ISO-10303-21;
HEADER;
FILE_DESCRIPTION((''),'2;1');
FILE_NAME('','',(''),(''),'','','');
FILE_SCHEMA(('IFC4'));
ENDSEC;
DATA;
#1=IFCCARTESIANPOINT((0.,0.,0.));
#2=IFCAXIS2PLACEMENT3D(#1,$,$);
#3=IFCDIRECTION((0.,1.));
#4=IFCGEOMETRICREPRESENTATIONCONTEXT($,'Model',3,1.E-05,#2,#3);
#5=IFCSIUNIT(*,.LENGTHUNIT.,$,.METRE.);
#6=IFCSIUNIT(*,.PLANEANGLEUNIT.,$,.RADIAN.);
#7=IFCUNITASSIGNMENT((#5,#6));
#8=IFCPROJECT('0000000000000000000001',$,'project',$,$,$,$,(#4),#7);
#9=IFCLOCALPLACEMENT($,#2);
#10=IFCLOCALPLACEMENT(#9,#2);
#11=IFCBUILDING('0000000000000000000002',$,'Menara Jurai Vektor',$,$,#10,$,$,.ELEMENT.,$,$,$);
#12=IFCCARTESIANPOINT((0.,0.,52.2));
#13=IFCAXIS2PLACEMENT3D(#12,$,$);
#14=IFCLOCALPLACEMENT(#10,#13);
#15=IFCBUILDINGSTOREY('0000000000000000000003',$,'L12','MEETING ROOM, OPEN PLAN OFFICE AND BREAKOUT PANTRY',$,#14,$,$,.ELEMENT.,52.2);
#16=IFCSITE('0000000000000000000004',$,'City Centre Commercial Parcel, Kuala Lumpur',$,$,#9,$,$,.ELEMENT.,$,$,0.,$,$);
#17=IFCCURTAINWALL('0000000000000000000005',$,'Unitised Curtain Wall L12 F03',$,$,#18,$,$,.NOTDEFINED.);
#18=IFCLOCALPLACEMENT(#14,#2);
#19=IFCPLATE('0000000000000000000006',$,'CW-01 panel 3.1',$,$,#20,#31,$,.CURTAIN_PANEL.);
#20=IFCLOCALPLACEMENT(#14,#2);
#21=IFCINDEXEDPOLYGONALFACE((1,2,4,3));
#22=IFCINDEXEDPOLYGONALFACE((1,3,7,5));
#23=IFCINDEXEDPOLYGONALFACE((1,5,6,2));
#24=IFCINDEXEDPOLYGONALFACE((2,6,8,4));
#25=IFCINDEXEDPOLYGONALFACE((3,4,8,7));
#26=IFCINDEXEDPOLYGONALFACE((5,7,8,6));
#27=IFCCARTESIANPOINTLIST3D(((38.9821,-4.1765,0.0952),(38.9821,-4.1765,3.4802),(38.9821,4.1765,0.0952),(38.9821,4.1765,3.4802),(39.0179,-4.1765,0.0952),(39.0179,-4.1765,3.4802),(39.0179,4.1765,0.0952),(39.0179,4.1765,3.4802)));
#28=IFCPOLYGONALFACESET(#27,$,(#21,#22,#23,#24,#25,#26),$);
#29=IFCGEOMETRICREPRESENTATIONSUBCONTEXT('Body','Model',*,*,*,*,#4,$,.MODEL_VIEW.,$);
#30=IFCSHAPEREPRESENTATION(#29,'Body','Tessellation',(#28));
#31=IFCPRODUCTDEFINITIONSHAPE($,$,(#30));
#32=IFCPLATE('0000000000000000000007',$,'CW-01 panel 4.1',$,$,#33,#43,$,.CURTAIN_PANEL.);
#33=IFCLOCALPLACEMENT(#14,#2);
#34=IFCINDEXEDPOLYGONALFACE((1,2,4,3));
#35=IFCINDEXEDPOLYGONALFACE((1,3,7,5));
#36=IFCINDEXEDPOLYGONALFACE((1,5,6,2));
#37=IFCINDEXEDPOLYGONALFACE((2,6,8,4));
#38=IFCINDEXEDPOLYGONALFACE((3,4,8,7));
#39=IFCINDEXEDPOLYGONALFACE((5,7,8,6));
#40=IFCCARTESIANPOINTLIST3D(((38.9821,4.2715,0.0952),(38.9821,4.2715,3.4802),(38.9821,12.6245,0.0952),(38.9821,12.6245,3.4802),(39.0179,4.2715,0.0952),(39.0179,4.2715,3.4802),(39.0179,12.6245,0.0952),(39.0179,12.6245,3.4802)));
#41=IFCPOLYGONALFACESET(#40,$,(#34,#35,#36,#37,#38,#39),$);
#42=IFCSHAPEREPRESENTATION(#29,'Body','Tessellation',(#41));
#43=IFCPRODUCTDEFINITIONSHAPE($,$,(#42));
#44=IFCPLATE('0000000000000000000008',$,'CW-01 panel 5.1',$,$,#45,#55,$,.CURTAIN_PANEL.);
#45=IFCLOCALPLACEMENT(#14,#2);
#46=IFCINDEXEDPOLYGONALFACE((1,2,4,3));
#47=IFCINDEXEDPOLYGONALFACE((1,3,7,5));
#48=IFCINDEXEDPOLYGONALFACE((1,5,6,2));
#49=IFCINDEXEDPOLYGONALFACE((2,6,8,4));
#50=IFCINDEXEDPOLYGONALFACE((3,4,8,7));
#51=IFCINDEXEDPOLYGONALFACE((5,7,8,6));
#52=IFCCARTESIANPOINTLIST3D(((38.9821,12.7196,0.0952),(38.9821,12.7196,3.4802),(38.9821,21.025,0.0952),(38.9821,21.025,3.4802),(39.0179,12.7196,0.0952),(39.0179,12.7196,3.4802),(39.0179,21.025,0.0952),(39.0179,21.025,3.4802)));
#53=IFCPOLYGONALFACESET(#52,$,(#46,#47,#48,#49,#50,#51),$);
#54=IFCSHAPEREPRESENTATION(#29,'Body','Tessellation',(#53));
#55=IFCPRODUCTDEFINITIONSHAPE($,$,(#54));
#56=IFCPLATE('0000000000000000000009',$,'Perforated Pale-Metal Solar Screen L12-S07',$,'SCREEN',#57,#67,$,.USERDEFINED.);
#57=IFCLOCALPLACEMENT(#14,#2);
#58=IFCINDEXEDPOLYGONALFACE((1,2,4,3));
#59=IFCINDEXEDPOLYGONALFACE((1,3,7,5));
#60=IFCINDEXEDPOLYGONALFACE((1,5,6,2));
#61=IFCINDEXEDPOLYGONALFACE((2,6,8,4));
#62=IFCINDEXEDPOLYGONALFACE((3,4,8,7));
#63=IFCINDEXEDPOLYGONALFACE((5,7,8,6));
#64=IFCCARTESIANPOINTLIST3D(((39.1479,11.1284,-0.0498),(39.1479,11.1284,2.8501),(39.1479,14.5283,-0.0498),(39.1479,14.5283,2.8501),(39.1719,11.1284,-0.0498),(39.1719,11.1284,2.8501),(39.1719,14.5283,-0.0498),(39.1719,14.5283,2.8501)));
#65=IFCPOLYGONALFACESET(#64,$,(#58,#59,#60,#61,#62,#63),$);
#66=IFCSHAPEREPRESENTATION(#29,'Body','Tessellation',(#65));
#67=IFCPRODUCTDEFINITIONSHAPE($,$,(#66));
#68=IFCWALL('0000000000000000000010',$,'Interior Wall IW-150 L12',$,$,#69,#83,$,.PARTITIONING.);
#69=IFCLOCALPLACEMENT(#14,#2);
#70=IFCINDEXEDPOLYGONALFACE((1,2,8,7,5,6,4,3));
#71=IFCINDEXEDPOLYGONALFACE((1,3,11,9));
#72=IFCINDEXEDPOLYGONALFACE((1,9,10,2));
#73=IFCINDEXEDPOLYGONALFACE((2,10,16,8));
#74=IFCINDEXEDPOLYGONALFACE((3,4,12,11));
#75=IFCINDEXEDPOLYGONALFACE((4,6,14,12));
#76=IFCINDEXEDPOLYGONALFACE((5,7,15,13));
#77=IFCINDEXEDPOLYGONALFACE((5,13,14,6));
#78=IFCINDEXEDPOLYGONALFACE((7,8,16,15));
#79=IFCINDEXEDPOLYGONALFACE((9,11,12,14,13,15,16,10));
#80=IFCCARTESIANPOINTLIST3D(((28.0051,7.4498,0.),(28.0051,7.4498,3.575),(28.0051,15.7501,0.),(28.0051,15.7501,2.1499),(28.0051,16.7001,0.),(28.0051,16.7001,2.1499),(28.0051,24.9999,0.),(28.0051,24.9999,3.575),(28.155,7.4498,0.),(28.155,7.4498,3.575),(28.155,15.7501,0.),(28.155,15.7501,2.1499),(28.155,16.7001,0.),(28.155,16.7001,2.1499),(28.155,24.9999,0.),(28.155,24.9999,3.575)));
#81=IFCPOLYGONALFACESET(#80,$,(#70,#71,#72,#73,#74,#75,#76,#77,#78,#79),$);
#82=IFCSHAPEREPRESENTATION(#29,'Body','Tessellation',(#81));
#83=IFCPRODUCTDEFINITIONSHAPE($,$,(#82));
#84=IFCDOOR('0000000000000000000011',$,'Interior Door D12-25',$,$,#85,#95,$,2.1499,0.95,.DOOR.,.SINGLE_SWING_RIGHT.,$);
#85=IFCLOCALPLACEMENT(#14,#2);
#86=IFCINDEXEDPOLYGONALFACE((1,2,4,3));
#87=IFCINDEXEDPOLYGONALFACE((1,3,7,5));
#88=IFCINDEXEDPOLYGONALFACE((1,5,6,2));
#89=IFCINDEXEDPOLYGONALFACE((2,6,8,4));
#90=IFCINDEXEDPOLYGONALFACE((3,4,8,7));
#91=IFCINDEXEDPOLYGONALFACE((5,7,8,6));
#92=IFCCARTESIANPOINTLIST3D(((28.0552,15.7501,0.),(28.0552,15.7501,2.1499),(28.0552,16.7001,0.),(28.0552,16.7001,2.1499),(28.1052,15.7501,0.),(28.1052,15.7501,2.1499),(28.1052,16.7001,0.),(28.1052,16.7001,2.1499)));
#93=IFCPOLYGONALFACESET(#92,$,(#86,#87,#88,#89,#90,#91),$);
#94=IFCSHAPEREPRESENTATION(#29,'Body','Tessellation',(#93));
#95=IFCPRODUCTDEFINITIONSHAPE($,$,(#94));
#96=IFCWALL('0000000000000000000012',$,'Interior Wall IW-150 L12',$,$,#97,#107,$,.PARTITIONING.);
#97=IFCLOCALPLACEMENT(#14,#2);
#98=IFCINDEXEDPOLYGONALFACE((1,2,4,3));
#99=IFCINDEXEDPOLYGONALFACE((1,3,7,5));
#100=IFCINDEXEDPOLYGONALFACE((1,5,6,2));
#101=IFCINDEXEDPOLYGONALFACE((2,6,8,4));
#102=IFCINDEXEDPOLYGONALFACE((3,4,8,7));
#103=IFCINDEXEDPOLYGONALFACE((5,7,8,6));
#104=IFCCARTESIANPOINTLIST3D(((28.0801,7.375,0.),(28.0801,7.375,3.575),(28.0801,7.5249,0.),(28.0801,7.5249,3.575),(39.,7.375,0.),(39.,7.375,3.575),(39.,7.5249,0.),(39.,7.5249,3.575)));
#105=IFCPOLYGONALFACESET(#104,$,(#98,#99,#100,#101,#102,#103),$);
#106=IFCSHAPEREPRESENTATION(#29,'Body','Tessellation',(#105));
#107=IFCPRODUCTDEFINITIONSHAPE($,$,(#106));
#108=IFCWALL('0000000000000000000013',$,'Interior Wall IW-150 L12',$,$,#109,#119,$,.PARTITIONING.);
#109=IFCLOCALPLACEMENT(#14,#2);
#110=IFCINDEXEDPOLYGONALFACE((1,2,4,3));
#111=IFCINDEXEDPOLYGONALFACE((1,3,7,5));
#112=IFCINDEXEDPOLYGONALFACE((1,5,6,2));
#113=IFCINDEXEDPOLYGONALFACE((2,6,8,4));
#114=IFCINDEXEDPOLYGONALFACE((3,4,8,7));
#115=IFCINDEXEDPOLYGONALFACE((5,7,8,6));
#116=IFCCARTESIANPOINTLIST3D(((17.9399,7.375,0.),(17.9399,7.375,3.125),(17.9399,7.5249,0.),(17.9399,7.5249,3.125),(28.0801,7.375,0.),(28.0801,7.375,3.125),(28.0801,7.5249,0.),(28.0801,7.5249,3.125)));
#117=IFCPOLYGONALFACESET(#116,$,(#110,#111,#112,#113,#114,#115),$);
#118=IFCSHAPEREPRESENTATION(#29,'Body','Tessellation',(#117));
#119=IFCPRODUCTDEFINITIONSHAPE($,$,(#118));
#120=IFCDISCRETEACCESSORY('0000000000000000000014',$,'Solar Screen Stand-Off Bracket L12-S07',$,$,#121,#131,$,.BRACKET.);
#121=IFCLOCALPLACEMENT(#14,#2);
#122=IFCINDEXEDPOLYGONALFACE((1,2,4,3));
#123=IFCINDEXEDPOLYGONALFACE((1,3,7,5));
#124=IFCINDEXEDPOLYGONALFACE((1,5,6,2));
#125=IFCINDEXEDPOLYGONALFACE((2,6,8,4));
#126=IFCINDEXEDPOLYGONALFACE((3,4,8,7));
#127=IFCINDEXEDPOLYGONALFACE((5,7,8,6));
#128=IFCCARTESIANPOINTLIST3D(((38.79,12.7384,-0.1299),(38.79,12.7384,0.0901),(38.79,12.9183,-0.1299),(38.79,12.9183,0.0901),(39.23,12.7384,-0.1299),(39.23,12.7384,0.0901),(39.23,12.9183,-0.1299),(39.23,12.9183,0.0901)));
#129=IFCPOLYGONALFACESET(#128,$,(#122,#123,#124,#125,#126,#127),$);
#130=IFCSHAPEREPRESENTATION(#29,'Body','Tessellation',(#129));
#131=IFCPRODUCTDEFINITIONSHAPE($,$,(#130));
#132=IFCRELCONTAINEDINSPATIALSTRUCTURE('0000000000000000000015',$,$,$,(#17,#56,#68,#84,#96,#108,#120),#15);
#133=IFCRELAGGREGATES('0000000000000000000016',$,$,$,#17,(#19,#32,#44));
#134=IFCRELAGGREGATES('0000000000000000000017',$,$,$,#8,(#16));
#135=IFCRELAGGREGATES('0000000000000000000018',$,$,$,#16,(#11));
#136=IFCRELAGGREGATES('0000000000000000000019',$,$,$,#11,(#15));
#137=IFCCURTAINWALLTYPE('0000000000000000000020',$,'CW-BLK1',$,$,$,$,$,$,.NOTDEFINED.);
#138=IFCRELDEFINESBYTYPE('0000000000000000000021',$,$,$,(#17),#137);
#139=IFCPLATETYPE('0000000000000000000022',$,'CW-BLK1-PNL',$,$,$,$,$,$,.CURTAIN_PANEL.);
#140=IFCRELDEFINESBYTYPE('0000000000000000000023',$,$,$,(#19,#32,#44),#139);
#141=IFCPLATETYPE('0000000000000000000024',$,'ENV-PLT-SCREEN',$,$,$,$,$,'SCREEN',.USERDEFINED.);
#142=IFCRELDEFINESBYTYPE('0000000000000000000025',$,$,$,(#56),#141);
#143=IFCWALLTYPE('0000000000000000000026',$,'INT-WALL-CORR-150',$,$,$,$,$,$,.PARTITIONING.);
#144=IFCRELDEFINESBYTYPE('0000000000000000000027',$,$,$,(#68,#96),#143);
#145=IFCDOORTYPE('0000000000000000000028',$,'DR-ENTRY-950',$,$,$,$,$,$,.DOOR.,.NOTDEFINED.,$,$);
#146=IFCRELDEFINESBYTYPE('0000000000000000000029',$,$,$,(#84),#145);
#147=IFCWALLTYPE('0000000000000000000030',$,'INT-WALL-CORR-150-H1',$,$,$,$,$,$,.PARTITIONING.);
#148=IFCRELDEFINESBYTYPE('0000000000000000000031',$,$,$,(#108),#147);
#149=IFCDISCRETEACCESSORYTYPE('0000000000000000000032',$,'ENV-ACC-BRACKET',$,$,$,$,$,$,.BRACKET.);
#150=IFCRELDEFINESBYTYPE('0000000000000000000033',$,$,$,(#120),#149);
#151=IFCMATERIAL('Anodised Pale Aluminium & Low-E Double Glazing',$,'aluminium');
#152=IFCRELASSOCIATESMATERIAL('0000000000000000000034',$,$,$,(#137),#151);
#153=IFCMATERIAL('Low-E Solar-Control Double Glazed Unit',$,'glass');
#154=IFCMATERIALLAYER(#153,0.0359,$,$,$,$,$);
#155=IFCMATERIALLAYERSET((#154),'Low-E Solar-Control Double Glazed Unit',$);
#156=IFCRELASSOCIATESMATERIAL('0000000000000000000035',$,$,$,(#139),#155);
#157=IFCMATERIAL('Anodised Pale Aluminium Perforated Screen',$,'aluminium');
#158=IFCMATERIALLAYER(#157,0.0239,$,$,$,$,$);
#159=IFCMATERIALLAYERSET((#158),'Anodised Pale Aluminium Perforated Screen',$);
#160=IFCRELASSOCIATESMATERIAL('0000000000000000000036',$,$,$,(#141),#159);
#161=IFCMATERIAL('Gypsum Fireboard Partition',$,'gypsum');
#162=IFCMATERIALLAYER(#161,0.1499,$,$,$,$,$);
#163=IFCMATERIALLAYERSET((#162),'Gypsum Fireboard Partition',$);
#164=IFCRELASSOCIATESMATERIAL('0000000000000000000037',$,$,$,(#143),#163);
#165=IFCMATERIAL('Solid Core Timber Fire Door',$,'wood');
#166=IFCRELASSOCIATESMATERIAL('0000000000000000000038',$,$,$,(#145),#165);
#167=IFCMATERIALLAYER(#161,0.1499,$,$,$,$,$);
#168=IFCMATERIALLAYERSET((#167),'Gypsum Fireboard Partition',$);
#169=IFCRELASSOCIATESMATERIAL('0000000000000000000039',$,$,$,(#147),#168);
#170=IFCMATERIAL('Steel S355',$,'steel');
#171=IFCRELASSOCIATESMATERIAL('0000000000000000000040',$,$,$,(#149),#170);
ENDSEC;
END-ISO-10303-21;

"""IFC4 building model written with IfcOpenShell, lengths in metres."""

from ifc_helpers import new_model, si_unit, direction, frame, frame_2d, origin, origin_2d, place, context, subcontext, project, spatial, rectangle, extrude, material, layer, layer_set, type_object, element, fill, aggregate, save


model = new_model("IFC4")

# Units and contexts
model_context = context("Model", 3, precision=1e-05, world=origin(), true_north=direction((0.0, 1.0)))
body_context = subcontext(model_context, "Body", "Model", "MODEL_VIEW")
ifc_project = project(units=[si_unit("LENGTHUNIT", "METRE"), si_unit("PLANEANGLEUNIT", "RADIAN")], contexts=[model_context])

# Site, building, storey
site_placement = place(None, origin())
site = spatial("IfcSite", under=ifc_project, at=site_placement, Name="City Centre Commercial Parcel, Kuala Lumpur", CompositionType="ELEMENT", RefElevation=0.0)
building_placement = place(site_placement, origin())
building = spatial("IfcBuilding", under=site, at=building_placement, Name="Menara Jurai Vektor", CompositionType="ELEMENT")
storey_placement = place(building_placement, frame((0.0, 0.0, 52.2)))
storey = spatial("IfcBuildingStorey", under=building, at=storey_placement, Name="L12", Description="MEETING ROOM, OPEN PLAN OFFICE AND BREAKOUT PANTRY", CompositionType="ELEMENT", Elevation=52.2)

# Curtain wall
ifc_material_1 = material(Name="Anodised Pale Aluminium & Low-E Double Glazing", Category="aluminium")
curtain_wall_type = type_object("IfcCurtainWallType", Name="CW-BLK1", PredefinedType="NOTDEFINED", material=ifc_material_1)
curtain_wall_placement = place(storey_placement, origin())
curtain_wall = element("IfcCurtainWall", 1, at=curtain_wall_placement, inside=storey, type_object=curtain_wall_type, Name="Unitised Curtain Wall L12 F03", PredefinedType="NOTDEFINED")

# Shared definitions
ifc_material_2 = material(Name="Steel S355", Category="steel")

# Plates
ifc_material_3 = material(Name="Low-E Solar-Control Double Glazed Unit", Category="glass")
ifc_layer_1 = layer(ifc_material_3, 0.0359)
ifc_layer_set_1 = layer_set([ifc_layer_1], Name="Low-E Solar-Control Double Glazed Unit")
plate_type_1 = type_object("IfcPlateType", Name="CW-BLK1-PNL", PredefinedType="CURTAIN_PANEL", material=ifc_layer_set_1)
plate_1_placement = place(storey_placement, frame((39.0, 0.0, 0.0952), z_axis=(0.0, 0.0, 1.0), x_axis=(0.0, 1.0, 0.0)))
plate_1 = element("IfcPlate", 2, at=plate_1_placement, type_object=plate_type_1, Name="CW-01 panel 3.1", PredefinedType="CURTAIN_PANEL", context=body_context, shape_type="SweptSolid", body=[
    extrude(rectangle(XDim=8.353, YDim=0.0359, at=origin_2d()), origin(), (0.0, 0.0, 1.0), 3.385),
])
plate_2_placement = place(storey_placement, frame((39.0, 8.448, 0.0952), z_axis=(0.0, 0.0, 1.0), x_axis=(0.0, 1.0, 0.0)))
plate_2 = element("IfcPlate", 3, at=plate_2_placement, type_object=plate_type_1, Name="CW-01 panel 4.1", PredefinedType="CURTAIN_PANEL", context=body_context, shape_type="SweptSolid", body=[
    extrude(rectangle(XDim=8.353, YDim=0.0359, at=origin_2d()), origin(), (0.0, 0.0, 1.0), 3.385),
])
plate_3_placement = place(storey_placement, frame((39.0, 16.8723, 0.0952), z_axis=(0.0, 0.0, 1.0), x_axis=(0.0, 1.0, 0.0)))
plate_3 = element("IfcPlate", 4, at=plate_3_placement, type_object=plate_type_1, Name="CW-01 panel 5.1", PredefinedType="CURTAIN_PANEL", context=body_context, shape_type="SweptSolid", body=[
    extrude(rectangle(XDim=8.3054, YDim=0.0359, at=origin_2d()), origin(), (0.0, 0.0, 1.0), 3.385),
])
aggregate(curtain_wall, [plate_1, plate_2, plate_3])
ifc_material_4 = material(Name="Anodised Pale Aluminium Perforated Screen", Category="aluminium")
ifc_layer_2 = layer(ifc_material_4, 0.0239)
ifc_layer_set_2 = layer_set([ifc_layer_2], Name="Anodised Pale Aluminium Perforated Screen")
plate_type_2 = type_object("IfcPlateType", Name="ENV-PLT-SCREEN", ElementType="SCREEN", PredefinedType="USERDEFINED", material=ifc_layer_set_2)
plate_4_placement = place(storey_placement, frame((39.1599, 12.8284, -0.0498), z_axis=(0.0, 0.0, 1.0), x_axis=(0.0, 1.0, 0.0)))
element("IfcPlate", 5, at=plate_4_placement, inside=storey, type_object=plate_type_2, Name="Perforated Pale-Metal Solar Screen L12-S07", ObjectType="SCREEN", PredefinedType="USERDEFINED", context=body_context, shape_type="SweptSolid", body=[
    extrude(rectangle(XDim=3.3999, YDim=0.0239, at=origin_2d()), origin(), (0.0, 0.0, 1.0), 2.8999),
])

# Wall, opening, door
ifc_material_5 = material(Name="Gypsum Fireboard Partition", Category="gypsum")
ifc_layer_3 = layer(ifc_material_5, 0.1499)
ifc_layer_set_3 = layer_set([ifc_layer_3], Name="Gypsum Fireboard Partition")
wall_type_1 = type_object("IfcWallType", Name="INT-WALL-CORR-150", PredefinedType="PARTITIONING", material=ifc_layer_set_3)
wall_1_placement = place(storey_placement, frame((28.0801, 7.45, 0.0), z_axis=(0.0, 0.0, 1.0), x_axis=(0.0, 1.0, 0.0)))
wall_1 = element("IfcWall", 6, at=wall_1_placement, inside=storey, type_object=wall_type_1, Name="Interior Wall IW-150 L12", PredefinedType="PARTITIONING", context=body_context, shape_type="SweptSolid", body=[
    extrude(rectangle(XDim=17.55, YDim=0.1499, at=frame_2d((8.7749, 0.0))), origin(), (0.0, 0.0, 1.0), 3.575),
])
opening_placement = place(wall_1_placement, frame((8.3, 0.0, 0.0)))
opening = element("IfcOpeningElement", 7, at=opening_placement, cuts=wall_1, PredefinedType="OPENING", context=body_context, shape_type="SweptSolid", body=[
    extrude(rectangle(XDim=0.95, YDim=2.1499, at=frame_2d((0.4751, 1.075))), frame((0.0, 0.085, 0.0), z_axis=(0.0, -1.0, 0.0), x_axis=(1.0, 0.0, 0.0)), (0.0, 0.0, 1.0), 0.1699),
])
ifc_material_6 = material(Name="Solid Core Timber Fire Door", Category="wood")
door_type = type_object("IfcDoorType", Name="DR-ENTRY-950", OperationType="NOTDEFINED", PredefinedType="DOOR", material=ifc_material_6)
door_placement = place(opening_placement, origin())
door = element("IfcDoor", 8, at=door_placement, inside=storey, type_object=door_type, Name="Interior Door D12-25", OperationType="SINGLE_SWING_RIGHT", OverallHeight=2.1499, OverallWidth=0.95, PredefinedType="DOOR", context=body_context, shape_type="SweptSolid", body=[
    extrude(rectangle(XDim=0.95, YDim=2.1499, at=frame_2d((0.4751, 1.075))), frame((0.0, 0.0249, 0.0), z_axis=(0.0, -1.0, 0.0), x_axis=(1.0, 0.0, 0.0)), (0.0, 0.0, 1.0), 0.05),
])
fill(opening, door)

# Walls
wall_2_placement = place(storey_placement, frame((28.0801, 7.45, 0.0), z_axis=(0.0, 0.0, 1.0), x_axis=(1.0, 0.0, 0.0)))
element("IfcWall", 9, at=wall_2_placement, inside=storey, type_object=wall_type_1, Name="Interior Wall IW-150 L12", PredefinedType="PARTITIONING", context=body_context, shape_type="SweptSolid", body=[
    extrude(rectangle(XDim=10.9199, YDim=0.1499, at=frame_2d((5.46, 0.0))), origin(), (0.0, 0.0, 1.0), 3.575),
])
ifc_layer_4 = layer(ifc_material_5, 0.1499)
ifc_layer_set_4 = layer_set([ifc_layer_4], Name="Gypsum Fireboard Partition")
wall_type_2 = type_object("IfcWallType", Name="INT-WALL-CORR-150-H1", PredefinedType="PARTITIONING", material=ifc_layer_set_4)
wall_3_placement = place(storey_placement, frame((17.9399, 7.45, 0.0), z_axis=(0.0, 0.0, 1.0), x_axis=(1.0, 0.0, 0.0)))
element("IfcWall", 10, at=wall_3_placement, inside=storey, type_object=wall_type_2, Name="Interior Wall IW-150 L12", PredefinedType="PARTITIONING", context=body_context, shape_type="SweptSolid", body=[
    extrude(rectangle(XDim=10.1401, YDim=0.1499, at=frame_2d((5.0701, 0.0))), origin(), (0.0, 0.0, 1.0), 3.125),
])

# Discrete accessory
discrete_accessory_type = type_object("IfcDiscreteAccessoryType", Name="ENV-ACC-BRACKET", PredefinedType="BRACKET", material=ifc_material_2)
discrete_accessory_placement = place(storey_placement, frame((39.01, 12.8284, -0.1299), z_axis=(0.0, 0.0, 1.0), x_axis=(0.0, 1.0, 0.0)))
element("IfcDiscreteAccessory", 11, at=discrete_accessory_placement, inside=storey, type_object=discrete_accessory_type, Name="Solar Screen Stand-Off Bracket L12-S07", PredefinedType="BRACKET", context=body_context, shape_type="SweptSolid", body=[
    extrude(rectangle(XDim=0.1799, YDim=0.4399, at=origin_2d()), origin(), (0.0, 0.0, 1.0), 0.22),
])

save(model, "model.ifc")
